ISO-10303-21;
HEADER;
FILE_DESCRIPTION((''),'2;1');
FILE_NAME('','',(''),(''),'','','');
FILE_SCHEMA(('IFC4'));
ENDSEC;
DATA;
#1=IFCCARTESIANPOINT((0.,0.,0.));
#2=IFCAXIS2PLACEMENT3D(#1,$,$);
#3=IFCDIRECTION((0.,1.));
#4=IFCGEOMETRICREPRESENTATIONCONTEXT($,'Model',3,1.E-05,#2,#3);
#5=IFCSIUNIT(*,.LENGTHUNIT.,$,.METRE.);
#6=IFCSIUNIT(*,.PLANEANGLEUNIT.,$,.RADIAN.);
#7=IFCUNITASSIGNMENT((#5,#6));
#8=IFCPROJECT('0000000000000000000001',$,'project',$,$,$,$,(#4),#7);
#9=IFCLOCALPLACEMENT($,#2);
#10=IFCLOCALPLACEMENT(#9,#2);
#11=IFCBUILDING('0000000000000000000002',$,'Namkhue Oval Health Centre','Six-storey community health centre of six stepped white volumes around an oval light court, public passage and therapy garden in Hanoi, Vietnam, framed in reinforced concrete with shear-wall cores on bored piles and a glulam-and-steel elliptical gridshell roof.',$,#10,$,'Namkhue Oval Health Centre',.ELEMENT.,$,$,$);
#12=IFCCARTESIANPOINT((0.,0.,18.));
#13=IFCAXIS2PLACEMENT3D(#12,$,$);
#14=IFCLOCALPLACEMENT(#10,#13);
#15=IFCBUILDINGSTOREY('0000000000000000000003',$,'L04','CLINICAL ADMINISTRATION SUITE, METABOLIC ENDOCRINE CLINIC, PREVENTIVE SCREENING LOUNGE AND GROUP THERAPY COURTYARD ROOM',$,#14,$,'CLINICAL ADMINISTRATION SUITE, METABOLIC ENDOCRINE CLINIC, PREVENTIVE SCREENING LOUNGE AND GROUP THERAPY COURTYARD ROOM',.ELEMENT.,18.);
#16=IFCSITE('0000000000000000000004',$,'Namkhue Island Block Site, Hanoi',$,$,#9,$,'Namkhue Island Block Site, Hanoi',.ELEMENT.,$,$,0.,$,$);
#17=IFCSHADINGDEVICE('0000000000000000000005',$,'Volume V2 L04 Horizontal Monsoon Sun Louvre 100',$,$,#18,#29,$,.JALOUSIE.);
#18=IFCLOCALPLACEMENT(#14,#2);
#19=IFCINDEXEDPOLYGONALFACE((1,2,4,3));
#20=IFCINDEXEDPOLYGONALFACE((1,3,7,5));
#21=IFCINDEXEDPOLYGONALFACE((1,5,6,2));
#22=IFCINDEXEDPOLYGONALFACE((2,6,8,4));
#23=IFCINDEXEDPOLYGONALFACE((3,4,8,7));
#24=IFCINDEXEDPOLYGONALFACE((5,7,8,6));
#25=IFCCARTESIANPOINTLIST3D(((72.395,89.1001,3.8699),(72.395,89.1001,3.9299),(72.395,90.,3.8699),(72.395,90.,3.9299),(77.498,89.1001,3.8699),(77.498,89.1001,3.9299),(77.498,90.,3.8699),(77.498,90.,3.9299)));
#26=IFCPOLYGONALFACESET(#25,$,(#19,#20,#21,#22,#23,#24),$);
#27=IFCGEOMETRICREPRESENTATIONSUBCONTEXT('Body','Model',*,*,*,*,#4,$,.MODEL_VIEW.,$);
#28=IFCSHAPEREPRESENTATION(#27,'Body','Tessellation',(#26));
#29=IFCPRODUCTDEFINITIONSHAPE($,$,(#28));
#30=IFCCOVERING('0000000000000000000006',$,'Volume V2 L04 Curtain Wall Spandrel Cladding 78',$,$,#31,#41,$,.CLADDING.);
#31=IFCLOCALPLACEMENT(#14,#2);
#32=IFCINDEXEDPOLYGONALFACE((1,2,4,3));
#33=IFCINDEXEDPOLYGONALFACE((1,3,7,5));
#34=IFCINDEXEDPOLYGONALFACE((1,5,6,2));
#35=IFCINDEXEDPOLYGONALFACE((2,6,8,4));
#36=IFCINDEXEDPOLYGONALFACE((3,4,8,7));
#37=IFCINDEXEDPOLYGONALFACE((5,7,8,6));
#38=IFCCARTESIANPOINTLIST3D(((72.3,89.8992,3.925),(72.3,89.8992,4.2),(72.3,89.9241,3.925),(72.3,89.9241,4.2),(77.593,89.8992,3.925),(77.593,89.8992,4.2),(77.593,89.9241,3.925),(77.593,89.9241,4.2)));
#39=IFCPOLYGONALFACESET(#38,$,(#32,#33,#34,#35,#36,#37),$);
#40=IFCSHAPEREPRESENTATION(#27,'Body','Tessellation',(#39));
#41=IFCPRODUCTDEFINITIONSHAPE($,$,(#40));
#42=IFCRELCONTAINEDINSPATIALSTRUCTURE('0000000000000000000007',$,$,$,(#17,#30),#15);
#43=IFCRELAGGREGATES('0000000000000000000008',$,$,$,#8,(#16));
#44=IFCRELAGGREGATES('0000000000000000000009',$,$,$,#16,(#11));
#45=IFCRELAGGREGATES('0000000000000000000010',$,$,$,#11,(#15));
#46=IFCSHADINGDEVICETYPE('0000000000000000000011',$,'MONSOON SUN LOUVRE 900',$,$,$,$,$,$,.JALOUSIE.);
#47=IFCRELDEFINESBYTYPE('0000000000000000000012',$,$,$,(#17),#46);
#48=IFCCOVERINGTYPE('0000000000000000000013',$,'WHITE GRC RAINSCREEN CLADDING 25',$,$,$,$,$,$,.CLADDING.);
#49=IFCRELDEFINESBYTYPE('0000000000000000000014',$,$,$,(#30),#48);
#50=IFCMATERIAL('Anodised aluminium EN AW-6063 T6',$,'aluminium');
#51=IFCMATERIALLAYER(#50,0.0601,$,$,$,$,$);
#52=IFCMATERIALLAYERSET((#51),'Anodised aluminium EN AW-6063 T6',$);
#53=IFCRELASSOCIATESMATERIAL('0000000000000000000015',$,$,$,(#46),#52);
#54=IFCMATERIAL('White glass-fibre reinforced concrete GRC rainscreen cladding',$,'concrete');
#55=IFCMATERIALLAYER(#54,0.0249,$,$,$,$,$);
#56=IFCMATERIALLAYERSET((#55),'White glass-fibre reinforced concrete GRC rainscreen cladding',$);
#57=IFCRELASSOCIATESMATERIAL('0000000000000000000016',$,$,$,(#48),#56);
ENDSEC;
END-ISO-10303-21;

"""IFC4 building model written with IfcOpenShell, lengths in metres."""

from ifc_helpers import new_model, si_unit, direction, frame, origin, origin_2d, place, context, subcontext, project, spatial, rectangle, extrude, material, layer, layer_set, type_object, element, save


model = new_model("IFC4")

# Units and contexts
model_context = context("Model", 3, precision=1e-05, world=origin(), true_north=direction((0.0, 1.0)))
body_context = subcontext(model_context, "Body", "Model", "MODEL_VIEW")
ifc_project = project(units=[si_unit("LENGTHUNIT", "METRE"), si_unit("PLANEANGLEUNIT", "RADIAN")], contexts=[model_context])

# Site, building, storey
site_placement = place(None, origin())
site = spatial("IfcSite", under=ifc_project, at=site_placement, Name="Namkhue Island Block Site, Hanoi", LongName="Namkhue Island Block Site, Hanoi", CompositionType="ELEMENT", RefElevation=0.0)
building_placement = place(site_placement, origin())
building = spatial("IfcBuilding", under=site, at=building_placement, Name="Namkhue Oval Health Centre", Description="Six-storey community health centre of six stepped white volumes around an oval light court, public passage and therapy garden in Hanoi, Vietnam, framed in reinforced concrete with shear-wall cores on bored piles and a glulam-and-steel elliptical gridshell roof.", LongName="Namkhue Oval Health Centre", CompositionType="ELEMENT")
storey_placement = place(building_placement, frame((0.0, 0.0, 18.0)))
storey = spatial("IfcBuildingStorey", under=building, at=storey_placement, Name="L04", Description="CLINICAL ADMINISTRATION SUITE, METABOLIC ENDOCRINE CLINIC, PREVENTIVE SCREENING LOUNGE AND GROUP THERAPY COURTYARD ROOM", LongName="CLINICAL ADMINISTRATION SUITE, METABOLIC ENDOCRINE CLINIC, PREVENTIVE SCREENING LOUNGE AND GROUP THERAPY COURTYARD ROOM", CompositionType="ELEMENT", Elevation=18.0)

# Shared definitions
ifc_material_1 = material(Name="Anodised aluminium EN AW-6063 T6", Category="aluminium")

# Shading device
ifc_layer_1 = layer(ifc_material_1, 0.0601)
ifc_layer_set_1 = layer_set([ifc_layer_1], Name="Anodised aluminium EN AW-6063 T6")
shading_device_type = type_object("IfcShadingDeviceType", Name="MONSOON SUN LOUVRE 900", PredefinedType="JALOUSIE", material=ifc_layer_set_1)
shading_device_placement = place(storey_placement, frame((74.9465, 89.55, 3.8699), z_axis=(0.0, 0.0, 1.0), x_axis=(1.0, 0.0, 0.0)))
element("IfcShadingDevice", 1, at=shading_device_placement, inside=storey, type_object=shading_device_type, Name="Volume V2 L04 Horizontal Monsoon Sun Louvre 100", PredefinedType="JALOUSIE", context=body_context, shape_type="SweptSolid", body=[
    extrude(rectangle(XDim=5.103, YDim=0.8999, at=origin_2d()), origin(), (0.0, 0.0, 1.0), 0.0601),
])

# Covering
ifc_material_2 = material(Name="White glass-fibre reinforced concrete GRC rainscreen cladding", Category="concrete")
ifc_layer_2 = layer(ifc_material_2, 0.0249)
ifc_layer_set_2 = layer_set([ifc_layer_2], Name="White glass-fibre reinforced concrete GRC rainscreen cladding")
covering_type = type_object("IfcCoveringType", Name="WHITE GRC RAINSCREEN CLADDING 25", PredefinedType="CLADDING", material=ifc_layer_set_2)
covering_placement = place(storey_placement, frame((74.9465, 89.9116, 3.925), z_axis=(0.0, 0.0, 1.0), x_axis=(1.0, 0.0, 0.0)))
element("IfcCovering", 2, at=covering_placement, inside=storey, type_object=covering_type, Name="Volume V2 L04 Curtain Wall Spandrel Cladding 78", PredefinedType="CLADDING", context=body_context, shape_type="SweptSolid", body=[
    extrude(rectangle(XDim=5.293, YDim=0.0249, at=origin_2d()), origin(), (0.0, 0.0, 1.0), 0.2749),
])

save(model, "model.ifc")
